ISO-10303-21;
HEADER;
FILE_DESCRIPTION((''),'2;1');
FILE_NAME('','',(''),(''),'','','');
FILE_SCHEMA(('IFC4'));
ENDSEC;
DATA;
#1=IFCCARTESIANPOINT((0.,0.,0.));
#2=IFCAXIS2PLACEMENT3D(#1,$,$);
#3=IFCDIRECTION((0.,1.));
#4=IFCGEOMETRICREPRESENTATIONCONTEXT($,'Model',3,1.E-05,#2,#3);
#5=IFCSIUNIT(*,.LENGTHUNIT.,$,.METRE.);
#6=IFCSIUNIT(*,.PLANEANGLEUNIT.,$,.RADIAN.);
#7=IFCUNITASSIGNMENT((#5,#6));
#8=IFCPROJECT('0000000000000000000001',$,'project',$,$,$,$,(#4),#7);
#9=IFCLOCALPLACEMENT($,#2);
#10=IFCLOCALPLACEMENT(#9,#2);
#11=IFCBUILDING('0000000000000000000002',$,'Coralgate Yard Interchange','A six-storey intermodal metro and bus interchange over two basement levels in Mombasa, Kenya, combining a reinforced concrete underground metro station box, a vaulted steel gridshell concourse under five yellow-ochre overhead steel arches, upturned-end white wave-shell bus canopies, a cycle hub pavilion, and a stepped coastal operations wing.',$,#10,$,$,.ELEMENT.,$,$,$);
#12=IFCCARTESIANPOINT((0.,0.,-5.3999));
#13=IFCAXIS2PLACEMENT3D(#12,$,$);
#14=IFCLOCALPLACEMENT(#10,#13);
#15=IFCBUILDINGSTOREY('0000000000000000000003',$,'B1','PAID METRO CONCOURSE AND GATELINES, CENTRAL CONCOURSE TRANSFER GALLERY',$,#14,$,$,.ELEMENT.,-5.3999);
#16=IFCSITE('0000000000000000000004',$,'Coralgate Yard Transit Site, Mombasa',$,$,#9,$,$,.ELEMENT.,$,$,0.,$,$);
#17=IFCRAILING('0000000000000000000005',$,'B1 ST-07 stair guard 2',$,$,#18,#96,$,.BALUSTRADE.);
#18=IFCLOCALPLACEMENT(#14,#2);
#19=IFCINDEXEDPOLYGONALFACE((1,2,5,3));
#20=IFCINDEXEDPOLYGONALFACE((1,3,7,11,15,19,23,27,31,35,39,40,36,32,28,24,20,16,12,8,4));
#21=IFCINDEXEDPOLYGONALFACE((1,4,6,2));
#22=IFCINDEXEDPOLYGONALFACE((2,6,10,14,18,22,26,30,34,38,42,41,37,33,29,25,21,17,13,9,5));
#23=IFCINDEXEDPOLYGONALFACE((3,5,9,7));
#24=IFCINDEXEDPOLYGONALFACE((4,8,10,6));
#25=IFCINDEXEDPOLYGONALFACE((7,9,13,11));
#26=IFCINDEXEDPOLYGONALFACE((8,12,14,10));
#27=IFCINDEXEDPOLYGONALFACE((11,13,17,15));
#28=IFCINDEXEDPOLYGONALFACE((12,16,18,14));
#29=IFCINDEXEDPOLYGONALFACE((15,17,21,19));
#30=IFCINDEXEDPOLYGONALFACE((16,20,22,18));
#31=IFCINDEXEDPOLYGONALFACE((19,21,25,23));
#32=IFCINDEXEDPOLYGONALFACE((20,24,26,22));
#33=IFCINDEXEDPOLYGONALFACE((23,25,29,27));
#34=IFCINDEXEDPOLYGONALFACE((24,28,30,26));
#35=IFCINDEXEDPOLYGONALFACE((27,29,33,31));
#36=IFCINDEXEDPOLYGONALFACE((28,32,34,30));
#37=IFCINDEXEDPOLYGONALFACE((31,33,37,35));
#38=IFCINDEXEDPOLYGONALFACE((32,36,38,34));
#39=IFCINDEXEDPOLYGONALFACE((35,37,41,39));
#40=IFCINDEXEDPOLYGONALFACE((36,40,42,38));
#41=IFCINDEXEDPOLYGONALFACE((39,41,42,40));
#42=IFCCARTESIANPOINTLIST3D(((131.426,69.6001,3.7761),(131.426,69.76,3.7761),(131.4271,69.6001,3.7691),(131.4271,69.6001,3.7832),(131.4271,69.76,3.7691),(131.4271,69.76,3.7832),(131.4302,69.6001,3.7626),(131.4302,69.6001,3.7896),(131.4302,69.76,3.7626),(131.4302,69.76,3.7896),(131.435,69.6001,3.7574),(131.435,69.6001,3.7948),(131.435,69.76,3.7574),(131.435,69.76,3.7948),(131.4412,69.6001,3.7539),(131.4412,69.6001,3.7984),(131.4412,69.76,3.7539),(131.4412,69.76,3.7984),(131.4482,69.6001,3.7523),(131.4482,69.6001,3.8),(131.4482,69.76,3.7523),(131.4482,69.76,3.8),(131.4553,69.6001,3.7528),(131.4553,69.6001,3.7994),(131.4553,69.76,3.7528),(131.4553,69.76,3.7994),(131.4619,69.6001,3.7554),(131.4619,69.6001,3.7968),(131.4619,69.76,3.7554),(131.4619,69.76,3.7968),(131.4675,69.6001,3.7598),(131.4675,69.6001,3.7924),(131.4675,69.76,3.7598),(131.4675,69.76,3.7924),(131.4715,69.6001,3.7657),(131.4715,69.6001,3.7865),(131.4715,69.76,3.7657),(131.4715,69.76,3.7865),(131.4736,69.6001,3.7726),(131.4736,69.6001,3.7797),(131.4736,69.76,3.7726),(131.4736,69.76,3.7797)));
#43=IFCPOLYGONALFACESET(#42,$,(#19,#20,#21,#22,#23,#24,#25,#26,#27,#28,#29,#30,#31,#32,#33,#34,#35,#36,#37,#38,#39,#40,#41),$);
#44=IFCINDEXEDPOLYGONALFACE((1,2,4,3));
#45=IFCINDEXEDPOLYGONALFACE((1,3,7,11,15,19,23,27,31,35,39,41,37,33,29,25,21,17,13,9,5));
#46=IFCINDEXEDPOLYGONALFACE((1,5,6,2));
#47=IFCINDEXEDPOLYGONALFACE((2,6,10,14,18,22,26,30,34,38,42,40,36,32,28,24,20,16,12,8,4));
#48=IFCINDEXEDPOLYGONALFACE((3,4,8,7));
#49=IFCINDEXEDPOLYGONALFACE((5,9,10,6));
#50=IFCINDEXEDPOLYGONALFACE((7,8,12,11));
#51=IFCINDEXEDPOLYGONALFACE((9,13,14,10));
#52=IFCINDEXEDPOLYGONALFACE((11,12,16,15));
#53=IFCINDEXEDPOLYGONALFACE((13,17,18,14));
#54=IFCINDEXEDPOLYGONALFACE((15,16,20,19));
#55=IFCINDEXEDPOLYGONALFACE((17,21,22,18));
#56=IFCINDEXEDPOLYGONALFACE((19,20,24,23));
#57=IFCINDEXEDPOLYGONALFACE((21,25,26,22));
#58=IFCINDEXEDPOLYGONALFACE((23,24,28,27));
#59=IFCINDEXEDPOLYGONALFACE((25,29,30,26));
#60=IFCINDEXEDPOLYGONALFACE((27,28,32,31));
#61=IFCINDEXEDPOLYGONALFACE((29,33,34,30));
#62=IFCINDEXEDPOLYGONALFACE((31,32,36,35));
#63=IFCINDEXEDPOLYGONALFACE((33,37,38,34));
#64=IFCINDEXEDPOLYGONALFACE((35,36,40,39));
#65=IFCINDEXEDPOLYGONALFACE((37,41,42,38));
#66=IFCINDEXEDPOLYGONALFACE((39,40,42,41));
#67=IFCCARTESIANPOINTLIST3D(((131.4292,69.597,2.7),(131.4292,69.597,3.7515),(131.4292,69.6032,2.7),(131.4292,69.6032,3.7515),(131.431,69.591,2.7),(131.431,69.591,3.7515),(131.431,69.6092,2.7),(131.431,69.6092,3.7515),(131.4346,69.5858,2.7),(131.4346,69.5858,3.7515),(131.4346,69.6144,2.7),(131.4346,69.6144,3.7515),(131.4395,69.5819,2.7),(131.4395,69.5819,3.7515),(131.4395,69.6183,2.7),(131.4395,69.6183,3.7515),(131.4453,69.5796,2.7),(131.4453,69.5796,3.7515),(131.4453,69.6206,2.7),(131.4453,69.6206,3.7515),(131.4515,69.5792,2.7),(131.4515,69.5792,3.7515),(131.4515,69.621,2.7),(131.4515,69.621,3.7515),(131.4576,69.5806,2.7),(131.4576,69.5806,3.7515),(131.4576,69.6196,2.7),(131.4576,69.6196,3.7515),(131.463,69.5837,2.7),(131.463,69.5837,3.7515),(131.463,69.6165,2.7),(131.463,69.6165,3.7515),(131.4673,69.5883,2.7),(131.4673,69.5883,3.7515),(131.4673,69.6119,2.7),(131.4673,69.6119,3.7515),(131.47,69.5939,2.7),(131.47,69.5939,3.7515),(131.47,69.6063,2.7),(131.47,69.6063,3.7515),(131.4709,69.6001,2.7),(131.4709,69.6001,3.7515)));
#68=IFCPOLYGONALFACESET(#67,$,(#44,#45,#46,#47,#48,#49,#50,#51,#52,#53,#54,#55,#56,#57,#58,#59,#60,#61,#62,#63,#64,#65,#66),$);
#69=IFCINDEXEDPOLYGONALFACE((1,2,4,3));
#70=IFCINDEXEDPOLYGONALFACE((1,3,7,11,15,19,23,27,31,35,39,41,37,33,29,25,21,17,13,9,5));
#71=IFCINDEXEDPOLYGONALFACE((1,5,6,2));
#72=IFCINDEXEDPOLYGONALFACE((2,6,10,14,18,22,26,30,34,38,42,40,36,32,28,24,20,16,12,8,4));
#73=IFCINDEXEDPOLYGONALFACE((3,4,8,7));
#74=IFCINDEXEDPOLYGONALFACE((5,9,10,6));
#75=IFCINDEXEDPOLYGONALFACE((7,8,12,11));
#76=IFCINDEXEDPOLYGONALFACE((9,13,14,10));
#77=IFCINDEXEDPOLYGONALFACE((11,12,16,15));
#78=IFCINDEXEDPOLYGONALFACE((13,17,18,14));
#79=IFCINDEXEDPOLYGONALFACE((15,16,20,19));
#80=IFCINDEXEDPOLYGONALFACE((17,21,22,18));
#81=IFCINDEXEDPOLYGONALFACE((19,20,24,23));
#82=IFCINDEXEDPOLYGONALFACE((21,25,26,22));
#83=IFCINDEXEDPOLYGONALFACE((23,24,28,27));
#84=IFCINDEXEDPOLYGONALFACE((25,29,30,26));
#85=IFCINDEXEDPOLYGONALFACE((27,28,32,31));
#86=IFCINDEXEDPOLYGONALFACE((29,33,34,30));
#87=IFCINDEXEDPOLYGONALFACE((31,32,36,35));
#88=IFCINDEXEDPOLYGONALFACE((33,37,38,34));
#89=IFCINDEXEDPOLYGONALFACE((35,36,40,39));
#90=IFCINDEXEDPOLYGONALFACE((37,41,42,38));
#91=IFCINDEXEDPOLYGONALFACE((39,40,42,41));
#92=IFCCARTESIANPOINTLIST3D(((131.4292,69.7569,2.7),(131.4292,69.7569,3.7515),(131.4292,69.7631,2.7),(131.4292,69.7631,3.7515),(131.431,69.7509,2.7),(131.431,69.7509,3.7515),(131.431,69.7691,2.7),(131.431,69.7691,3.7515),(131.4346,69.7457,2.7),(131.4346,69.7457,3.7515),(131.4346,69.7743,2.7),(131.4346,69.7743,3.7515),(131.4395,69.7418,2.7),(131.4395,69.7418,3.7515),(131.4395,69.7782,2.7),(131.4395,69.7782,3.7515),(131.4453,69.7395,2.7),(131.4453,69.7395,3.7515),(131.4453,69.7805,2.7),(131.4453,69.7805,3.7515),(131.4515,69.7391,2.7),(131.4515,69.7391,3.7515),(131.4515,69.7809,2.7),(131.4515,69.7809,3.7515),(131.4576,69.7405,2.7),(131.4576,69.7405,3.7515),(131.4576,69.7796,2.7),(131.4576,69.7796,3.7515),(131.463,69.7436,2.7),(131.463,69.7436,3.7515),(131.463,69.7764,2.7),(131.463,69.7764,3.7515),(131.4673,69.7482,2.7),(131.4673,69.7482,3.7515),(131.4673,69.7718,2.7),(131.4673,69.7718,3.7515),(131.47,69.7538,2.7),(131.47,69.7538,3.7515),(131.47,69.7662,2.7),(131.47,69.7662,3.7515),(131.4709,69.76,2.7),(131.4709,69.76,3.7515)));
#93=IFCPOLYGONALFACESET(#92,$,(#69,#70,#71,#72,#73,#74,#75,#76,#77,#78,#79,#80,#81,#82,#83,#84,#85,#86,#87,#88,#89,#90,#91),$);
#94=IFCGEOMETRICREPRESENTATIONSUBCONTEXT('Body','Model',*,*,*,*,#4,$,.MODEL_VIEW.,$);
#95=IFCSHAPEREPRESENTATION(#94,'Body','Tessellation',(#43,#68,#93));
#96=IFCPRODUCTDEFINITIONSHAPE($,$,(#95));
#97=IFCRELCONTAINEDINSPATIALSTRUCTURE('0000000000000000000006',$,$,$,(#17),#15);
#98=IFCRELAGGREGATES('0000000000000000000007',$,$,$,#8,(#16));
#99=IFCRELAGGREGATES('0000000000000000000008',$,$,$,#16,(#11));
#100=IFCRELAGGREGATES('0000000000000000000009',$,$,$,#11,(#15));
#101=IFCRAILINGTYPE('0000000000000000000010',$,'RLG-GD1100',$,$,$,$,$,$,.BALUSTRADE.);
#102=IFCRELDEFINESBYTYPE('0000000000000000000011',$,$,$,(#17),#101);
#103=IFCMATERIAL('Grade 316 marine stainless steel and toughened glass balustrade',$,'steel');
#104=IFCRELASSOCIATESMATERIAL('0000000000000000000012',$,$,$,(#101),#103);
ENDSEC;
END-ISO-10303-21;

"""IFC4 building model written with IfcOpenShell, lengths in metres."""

from ifc_helpers import new_model, si_unit, direction, frame, origin, origin_2d, place, context, subcontext, project, spatial, circle, extrude, material, type_object, element, save


model = new_model("IFC4")

# Units and contexts
model_context = context("Model", 3, precision=1e-05, world=origin(), true_north=direction((0.0, 1.0)))
body_context = subcontext(model_context, "Body", "Model", "MODEL_VIEW")
ifc_project = project(units=[si_unit("LENGTHUNIT", "METRE"), si_unit("PLANEANGLEUNIT", "RADIAN")], contexts=[model_context])

# Site, building, storey
site_placement = place(None, origin())
site = spatial("IfcSite", under=ifc_project, at=site_placement, Name="Coralgate Yard Transit Site, Mombasa", CompositionType="ELEMENT", RefElevation=0.0)
building_placement = place(site_placement, origin())
building = spatial("IfcBuilding", under=site, at=building_placement, Name="Coralgate Yard Interchange", Description="A six-storey intermodal metro and bus interchange over two basement levels in Mombasa, Kenya, combining a reinforced concrete underground metro station box, a vaulted steel gridshell concourse under five yellow-ochre overhead steel arches, upturned-end white wave-shell bus canopies, a cycle hub pavilion, and a stepped coastal operations wing.", CompositionType="ELEMENT")
storey_placement = place(building_placement, frame((0.0, 0.0, -5.3999)))
storey = spatial("IfcBuildingStorey", under=building, at=storey_placement, Name="B1", Description="PAID METRO CONCOURSE AND GATELINES, CENTRAL CONCOURSE TRANSFER GALLERY", CompositionType="ELEMENT", Elevation=-5.3999)

# Railing
ifc_material_1 = material(Name="Grade 316 marine stainless steel and toughened glass balustrade", Category="steel")
railing_type_1 = type_object("IfcRailingType", Name="RLG-GD1100", PredefinedType="BALUSTRADE", material=ifc_material_1)
railing_1_placement = place(storey_placement, frame((131.45, 69.6001, 2.7)))
element("IfcRailing", 1, at=railing_1_placement, inside=storey, type_object=railing_type_1, Name="B1 ST-07 stair guard 2", PredefinedType="BALUSTRADE", context=body_context, shape_type="SweptSolid", body=[
    extrude(circle(Radius=0.0239, at=origin_2d()), frame((0.0, 0.0, 1.0762), z_axis=(0.0, 1.0, 0.0), x_axis=(-1.0, 0.0, 0.0)), (0.0, 0.0, 1.0), 0.1599),
    extrude(circle(Radius=0.021, at=origin_2d()), origin(), (0.0, 0.0, 1.0), 1.0515),
    extrude(circle(Radius=0.021, at=origin_2d()), frame((0.0, 0.1599, 0.0)), (0.0, 0.0, 1.0), 1.0515),
])

save(model, "model.ifc")
